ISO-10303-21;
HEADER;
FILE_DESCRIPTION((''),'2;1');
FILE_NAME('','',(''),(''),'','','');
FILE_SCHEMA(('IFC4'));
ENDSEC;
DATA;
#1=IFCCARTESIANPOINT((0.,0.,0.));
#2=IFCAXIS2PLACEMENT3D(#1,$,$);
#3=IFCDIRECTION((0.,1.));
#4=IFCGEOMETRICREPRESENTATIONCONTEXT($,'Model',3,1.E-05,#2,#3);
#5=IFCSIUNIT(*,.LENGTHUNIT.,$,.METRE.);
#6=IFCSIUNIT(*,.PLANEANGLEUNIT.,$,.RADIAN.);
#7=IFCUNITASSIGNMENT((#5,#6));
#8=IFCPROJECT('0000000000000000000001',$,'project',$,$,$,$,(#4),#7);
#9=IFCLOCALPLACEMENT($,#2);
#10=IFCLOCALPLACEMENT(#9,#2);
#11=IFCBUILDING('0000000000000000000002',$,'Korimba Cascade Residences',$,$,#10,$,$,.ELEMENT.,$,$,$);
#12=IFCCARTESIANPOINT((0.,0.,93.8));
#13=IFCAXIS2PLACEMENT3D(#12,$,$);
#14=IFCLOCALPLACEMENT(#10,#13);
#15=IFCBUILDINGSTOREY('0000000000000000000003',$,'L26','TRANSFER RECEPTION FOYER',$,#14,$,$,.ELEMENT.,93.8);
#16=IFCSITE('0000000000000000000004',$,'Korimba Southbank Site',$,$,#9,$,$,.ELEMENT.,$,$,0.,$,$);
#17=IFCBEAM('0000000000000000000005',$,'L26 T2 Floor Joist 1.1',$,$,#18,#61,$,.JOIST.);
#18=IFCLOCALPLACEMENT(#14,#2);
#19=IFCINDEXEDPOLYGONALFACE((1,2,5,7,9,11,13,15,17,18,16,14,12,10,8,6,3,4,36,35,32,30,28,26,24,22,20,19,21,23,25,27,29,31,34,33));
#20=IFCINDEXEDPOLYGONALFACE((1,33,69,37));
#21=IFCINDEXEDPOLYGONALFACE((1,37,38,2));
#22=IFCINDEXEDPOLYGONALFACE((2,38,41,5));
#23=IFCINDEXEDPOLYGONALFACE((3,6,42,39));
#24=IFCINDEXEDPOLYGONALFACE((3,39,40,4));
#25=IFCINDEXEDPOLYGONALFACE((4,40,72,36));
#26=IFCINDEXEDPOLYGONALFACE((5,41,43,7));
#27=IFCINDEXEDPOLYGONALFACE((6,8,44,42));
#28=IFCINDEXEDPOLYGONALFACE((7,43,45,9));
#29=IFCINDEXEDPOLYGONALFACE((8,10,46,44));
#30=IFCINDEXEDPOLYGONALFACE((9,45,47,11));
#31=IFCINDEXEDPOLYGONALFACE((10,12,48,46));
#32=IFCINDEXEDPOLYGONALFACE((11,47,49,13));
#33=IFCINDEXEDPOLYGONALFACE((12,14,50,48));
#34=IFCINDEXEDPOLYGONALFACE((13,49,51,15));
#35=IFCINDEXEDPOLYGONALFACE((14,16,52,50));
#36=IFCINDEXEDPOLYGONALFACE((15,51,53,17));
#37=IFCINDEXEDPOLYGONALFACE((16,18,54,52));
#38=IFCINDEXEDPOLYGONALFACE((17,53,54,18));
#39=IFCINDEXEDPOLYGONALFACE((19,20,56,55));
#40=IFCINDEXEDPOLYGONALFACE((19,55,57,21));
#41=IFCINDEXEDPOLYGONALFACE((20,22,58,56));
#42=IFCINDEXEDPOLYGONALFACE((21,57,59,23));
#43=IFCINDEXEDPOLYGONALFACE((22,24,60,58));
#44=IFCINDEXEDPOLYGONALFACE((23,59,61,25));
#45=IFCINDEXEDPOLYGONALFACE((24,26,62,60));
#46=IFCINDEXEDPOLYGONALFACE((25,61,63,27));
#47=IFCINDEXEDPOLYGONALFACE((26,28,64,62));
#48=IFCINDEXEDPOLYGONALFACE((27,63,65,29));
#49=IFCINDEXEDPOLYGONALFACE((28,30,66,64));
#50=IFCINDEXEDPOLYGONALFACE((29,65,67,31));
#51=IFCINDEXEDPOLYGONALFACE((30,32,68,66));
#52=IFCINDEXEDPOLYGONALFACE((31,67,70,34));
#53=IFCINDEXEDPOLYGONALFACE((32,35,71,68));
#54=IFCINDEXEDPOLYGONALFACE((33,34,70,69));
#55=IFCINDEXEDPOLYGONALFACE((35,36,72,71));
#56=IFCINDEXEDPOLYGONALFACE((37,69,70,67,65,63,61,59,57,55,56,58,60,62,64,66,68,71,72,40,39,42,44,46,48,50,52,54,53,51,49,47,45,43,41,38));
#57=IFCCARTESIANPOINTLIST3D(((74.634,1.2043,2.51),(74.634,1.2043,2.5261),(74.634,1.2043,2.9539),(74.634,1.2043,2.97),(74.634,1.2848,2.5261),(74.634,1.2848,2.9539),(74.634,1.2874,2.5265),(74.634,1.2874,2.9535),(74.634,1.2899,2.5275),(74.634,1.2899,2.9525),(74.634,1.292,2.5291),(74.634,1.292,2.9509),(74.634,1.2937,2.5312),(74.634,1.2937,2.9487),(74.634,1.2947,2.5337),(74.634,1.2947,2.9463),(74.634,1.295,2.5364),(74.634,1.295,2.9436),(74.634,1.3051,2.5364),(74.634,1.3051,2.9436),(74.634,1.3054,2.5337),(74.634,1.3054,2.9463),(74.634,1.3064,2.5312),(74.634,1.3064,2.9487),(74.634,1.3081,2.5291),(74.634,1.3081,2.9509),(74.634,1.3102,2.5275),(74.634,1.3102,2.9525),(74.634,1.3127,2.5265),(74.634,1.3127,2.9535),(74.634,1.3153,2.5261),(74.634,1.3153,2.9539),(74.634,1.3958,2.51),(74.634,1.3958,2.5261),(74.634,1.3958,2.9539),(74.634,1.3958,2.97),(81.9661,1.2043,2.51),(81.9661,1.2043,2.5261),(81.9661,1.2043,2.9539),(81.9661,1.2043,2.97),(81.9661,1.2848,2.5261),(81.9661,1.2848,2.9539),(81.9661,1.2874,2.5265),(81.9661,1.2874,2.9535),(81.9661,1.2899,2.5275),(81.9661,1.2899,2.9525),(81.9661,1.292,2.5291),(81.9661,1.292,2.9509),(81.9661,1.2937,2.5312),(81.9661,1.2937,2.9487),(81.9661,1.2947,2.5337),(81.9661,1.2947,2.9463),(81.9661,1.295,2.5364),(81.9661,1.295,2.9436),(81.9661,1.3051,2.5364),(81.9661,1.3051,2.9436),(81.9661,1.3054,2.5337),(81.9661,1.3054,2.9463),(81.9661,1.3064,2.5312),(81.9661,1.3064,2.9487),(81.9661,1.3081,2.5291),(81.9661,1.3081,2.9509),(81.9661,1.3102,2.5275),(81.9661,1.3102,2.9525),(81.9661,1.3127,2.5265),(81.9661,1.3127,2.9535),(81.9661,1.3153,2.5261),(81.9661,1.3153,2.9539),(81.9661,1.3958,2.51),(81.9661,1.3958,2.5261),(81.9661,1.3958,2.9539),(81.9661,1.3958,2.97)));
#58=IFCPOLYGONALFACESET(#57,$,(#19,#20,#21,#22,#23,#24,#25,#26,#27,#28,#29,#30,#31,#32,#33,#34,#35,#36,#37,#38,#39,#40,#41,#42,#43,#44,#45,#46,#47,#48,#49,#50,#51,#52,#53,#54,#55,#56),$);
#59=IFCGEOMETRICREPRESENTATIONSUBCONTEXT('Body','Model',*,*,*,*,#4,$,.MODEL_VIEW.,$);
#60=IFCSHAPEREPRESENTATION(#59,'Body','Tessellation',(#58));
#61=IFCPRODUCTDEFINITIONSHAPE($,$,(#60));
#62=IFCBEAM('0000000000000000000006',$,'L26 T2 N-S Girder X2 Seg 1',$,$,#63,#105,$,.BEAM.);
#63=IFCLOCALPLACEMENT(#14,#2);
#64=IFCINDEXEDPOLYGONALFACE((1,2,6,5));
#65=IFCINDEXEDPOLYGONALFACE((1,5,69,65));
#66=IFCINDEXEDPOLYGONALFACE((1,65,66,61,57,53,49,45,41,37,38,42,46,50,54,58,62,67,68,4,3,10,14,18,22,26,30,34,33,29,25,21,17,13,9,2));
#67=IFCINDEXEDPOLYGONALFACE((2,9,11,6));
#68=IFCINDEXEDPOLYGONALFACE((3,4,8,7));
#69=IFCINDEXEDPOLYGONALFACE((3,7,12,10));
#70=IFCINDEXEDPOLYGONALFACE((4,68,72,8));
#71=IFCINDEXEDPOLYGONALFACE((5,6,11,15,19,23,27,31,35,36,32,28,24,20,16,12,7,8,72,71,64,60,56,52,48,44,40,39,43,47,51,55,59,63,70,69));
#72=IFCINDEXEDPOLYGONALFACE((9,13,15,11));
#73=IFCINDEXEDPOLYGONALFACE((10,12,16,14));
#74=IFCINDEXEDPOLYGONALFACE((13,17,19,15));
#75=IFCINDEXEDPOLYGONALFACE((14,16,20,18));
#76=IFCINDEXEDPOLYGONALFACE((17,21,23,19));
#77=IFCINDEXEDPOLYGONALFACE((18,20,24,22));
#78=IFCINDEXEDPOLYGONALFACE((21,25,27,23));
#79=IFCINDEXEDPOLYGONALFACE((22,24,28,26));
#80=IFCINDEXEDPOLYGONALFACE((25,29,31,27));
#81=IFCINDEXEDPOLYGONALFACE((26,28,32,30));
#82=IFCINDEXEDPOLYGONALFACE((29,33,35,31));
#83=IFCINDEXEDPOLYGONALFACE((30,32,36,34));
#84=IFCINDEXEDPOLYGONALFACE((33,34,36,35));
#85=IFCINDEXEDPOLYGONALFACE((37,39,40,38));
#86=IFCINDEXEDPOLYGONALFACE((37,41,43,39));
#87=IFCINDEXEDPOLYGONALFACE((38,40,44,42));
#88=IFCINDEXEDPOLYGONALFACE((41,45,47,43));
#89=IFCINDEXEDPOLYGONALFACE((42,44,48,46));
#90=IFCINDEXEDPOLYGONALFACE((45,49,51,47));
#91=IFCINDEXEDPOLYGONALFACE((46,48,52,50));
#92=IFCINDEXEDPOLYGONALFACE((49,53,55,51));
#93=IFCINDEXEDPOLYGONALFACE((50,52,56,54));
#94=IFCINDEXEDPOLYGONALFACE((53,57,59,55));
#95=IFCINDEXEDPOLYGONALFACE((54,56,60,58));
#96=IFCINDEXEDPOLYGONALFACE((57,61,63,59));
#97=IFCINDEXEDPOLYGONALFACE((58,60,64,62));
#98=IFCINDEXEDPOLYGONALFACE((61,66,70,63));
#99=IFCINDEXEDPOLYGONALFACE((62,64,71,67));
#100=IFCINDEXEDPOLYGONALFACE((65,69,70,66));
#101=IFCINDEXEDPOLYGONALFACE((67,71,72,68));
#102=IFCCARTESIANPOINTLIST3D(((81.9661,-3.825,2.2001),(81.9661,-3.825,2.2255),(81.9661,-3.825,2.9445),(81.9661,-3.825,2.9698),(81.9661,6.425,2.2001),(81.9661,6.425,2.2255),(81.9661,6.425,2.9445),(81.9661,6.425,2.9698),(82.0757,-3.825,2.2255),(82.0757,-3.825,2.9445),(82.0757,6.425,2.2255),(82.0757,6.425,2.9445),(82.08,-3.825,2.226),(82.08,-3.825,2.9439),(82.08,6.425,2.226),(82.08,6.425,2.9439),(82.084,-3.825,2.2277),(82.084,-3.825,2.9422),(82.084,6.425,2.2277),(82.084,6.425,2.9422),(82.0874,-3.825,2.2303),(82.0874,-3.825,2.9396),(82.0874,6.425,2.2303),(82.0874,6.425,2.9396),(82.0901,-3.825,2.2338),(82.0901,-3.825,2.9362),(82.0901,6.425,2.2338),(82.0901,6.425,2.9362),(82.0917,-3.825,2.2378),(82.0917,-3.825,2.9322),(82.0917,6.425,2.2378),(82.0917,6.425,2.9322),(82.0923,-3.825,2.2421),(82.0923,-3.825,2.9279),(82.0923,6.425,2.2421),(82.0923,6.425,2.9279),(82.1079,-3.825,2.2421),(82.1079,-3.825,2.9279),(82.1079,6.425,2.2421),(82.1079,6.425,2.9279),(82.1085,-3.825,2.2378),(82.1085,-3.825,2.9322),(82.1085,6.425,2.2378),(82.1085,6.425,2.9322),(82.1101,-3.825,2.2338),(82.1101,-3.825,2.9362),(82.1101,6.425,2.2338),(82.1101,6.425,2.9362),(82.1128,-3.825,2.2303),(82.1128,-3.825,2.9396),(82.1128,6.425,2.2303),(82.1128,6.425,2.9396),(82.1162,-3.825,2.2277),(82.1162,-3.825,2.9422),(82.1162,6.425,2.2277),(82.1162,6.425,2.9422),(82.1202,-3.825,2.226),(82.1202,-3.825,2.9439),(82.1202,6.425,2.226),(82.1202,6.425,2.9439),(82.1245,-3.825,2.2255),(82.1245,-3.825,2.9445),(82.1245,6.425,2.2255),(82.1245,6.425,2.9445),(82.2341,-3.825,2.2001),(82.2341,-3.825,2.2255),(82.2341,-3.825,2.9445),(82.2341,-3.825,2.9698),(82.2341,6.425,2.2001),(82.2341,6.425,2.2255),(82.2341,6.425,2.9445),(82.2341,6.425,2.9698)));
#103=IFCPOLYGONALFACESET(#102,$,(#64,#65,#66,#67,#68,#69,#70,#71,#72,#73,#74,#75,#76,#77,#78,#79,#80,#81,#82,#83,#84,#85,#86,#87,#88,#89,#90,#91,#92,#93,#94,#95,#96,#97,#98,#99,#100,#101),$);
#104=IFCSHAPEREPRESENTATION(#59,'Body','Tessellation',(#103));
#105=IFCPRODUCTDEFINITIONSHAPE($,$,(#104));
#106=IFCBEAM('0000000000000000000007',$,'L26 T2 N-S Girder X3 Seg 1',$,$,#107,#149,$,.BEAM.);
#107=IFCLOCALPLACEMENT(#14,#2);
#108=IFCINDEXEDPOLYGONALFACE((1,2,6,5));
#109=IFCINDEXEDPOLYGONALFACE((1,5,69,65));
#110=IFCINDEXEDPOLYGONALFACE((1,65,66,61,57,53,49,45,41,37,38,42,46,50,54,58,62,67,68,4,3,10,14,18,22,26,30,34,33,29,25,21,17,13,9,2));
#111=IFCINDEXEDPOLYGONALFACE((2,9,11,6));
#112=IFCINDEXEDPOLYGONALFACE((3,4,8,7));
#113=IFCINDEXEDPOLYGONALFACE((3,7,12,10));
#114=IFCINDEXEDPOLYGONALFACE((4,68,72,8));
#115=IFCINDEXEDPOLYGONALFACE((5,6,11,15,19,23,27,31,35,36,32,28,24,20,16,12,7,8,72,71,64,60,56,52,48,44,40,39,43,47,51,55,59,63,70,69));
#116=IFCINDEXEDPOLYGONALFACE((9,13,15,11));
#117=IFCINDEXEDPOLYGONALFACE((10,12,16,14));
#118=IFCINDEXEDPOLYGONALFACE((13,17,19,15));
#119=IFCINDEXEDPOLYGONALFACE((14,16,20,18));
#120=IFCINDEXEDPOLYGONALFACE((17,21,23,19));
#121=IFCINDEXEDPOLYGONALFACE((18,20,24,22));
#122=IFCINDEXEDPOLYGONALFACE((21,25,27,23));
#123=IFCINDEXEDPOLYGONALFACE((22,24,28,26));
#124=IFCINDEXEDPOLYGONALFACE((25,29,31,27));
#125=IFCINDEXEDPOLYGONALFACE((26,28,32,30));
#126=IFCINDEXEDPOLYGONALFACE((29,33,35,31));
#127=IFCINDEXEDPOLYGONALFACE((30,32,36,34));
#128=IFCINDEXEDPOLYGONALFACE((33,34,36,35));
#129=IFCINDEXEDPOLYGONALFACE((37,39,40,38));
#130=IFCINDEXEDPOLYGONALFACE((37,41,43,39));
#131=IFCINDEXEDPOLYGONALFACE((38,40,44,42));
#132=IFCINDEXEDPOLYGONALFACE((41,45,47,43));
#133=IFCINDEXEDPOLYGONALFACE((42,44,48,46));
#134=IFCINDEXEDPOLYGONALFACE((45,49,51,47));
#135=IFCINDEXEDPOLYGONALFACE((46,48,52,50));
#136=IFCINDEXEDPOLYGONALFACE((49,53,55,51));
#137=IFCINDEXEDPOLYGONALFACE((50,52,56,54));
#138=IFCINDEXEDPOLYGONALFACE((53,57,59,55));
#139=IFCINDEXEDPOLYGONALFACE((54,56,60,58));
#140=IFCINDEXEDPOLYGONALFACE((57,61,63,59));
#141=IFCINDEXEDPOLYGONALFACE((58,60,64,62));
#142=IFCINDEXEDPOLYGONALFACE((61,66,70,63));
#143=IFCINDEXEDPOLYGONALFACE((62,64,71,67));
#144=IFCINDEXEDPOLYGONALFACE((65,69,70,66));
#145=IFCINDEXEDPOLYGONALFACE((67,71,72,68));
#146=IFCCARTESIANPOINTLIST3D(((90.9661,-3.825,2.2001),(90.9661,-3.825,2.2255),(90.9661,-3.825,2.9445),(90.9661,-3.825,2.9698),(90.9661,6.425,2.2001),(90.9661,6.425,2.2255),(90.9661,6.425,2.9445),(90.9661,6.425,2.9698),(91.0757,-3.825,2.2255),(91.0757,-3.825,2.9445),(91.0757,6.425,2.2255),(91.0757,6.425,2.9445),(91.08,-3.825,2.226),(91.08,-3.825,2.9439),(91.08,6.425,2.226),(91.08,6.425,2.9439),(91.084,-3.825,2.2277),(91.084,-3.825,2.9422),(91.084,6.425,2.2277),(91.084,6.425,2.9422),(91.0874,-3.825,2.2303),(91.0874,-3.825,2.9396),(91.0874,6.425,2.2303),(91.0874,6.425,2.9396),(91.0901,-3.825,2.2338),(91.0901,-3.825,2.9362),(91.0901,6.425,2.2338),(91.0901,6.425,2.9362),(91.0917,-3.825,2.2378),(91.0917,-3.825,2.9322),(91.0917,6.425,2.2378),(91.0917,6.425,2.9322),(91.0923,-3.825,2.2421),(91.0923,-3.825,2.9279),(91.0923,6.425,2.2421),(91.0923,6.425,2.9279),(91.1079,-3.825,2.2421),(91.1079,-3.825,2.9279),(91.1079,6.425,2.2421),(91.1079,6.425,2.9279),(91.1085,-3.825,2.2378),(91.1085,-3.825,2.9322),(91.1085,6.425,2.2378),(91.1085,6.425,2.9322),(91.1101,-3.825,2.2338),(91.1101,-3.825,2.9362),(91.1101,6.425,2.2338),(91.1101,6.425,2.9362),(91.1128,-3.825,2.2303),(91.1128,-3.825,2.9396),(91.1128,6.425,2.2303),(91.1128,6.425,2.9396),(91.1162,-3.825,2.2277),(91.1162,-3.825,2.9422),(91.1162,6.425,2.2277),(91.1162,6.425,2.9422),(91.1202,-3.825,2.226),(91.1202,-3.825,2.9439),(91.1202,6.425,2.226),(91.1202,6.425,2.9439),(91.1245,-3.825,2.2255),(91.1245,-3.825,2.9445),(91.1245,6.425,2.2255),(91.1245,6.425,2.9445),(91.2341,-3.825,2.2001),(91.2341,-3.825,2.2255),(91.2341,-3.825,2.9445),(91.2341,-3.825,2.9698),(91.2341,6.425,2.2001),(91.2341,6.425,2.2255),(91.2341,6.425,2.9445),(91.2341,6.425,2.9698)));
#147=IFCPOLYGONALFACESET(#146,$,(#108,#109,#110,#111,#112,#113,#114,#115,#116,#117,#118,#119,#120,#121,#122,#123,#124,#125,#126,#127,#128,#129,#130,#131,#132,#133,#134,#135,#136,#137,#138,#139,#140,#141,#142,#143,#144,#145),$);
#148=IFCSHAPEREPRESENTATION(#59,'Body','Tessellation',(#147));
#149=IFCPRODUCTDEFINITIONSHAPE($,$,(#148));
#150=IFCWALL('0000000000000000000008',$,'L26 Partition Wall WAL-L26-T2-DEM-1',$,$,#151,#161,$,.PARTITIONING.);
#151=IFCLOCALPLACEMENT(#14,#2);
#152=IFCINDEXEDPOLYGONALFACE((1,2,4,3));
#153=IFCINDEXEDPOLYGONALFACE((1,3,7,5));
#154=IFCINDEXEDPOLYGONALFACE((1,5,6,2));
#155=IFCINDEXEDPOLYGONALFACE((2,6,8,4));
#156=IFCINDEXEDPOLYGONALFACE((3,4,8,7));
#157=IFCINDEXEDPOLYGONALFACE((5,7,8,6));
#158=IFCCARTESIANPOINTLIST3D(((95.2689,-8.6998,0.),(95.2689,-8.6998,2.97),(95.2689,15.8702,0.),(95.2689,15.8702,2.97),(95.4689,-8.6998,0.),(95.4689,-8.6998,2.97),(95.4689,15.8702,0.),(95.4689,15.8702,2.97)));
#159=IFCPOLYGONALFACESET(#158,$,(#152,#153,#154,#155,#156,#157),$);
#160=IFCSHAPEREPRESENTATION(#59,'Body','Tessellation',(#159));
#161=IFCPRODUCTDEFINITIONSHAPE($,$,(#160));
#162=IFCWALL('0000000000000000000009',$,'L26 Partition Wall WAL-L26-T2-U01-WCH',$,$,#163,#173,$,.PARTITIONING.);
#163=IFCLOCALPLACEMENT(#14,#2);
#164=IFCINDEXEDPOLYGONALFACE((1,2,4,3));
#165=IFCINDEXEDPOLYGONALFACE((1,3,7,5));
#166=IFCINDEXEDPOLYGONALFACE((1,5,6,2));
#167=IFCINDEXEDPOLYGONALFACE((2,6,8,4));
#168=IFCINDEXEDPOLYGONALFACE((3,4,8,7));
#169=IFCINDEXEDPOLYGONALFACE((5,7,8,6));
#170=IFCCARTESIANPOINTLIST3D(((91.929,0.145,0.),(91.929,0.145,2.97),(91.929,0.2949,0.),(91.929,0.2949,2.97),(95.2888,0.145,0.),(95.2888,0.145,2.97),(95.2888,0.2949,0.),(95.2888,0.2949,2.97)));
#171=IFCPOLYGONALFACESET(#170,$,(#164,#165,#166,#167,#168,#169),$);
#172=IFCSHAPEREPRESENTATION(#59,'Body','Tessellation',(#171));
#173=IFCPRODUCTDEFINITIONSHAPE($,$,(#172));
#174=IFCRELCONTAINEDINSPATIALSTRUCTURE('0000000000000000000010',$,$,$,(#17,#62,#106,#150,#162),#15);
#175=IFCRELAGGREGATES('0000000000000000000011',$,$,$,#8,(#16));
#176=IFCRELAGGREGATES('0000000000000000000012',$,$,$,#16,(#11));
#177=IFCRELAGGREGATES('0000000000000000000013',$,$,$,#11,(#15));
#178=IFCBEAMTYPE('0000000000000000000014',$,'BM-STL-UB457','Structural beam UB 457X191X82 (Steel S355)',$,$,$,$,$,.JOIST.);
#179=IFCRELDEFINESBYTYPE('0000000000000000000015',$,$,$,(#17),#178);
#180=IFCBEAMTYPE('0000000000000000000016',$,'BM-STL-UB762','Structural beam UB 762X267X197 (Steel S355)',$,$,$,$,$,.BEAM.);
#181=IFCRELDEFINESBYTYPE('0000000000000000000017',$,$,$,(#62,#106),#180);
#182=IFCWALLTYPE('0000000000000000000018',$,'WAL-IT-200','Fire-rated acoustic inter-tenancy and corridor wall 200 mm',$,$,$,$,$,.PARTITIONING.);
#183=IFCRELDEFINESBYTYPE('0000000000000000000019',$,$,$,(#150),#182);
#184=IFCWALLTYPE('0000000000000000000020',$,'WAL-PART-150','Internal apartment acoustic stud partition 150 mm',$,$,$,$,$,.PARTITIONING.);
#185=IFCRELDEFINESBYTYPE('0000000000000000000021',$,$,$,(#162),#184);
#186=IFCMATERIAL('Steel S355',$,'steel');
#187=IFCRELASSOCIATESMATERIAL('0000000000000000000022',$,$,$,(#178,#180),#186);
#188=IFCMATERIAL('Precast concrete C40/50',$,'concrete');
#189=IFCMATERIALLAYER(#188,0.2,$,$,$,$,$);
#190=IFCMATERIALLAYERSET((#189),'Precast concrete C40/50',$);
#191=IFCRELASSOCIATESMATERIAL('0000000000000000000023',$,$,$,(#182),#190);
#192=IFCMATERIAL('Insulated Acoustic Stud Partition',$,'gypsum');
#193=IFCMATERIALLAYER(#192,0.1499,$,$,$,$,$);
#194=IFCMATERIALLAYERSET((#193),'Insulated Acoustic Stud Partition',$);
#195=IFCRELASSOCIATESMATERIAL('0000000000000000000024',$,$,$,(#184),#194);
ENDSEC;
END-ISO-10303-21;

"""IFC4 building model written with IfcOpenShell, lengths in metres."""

from ifc_helpers import new_model, si_unit, direction, frame, frame_2d, origin, origin_2d, place, context, subcontext, project, spatial, rectangle, i_section, extrude, material, layer, layer_set, material_profile, profile_set, type_object, element, save


model = new_model("IFC4")

# Units and contexts
model_context = context("Model", 3, precision=1e-05, world=origin(), true_north=direction((0.0, 1.0)))
body_context = subcontext(model_context, "Body", "Model", "MODEL_VIEW")
ifc_project = project(units=[si_unit("LENGTHUNIT", "METRE"), si_unit("PLANEANGLEUNIT", "RADIAN")], contexts=[model_context])

# Site, building, storey
site_placement = place(None, origin())
site = spatial("IfcSite", under=ifc_project, at=site_placement, Name="Korimba Southbank Site", CompositionType="ELEMENT", RefElevation=0.0)
building_placement = place(site_placement, origin())
building = spatial("IfcBuilding", under=site, at=building_placement, Name="Korimba Cascade Residences", CompositionType="ELEMENT")
storey_placement = place(building_placement, frame((0.0, 0.0, 93.8)))
storey = spatial("IfcBuildingStorey", under=building, at=storey_placement, Name="L26", Description="TRANSFER RECEPTION FOYER", CompositionType="ELEMENT", Elevation=93.8)

# Beams
ifc_material_1 = material(Name="Steel S355", Category="steel")
ifc_material_profile_1 = material_profile(ifc_material_1, i_section(OverallWidth=0.1914, OverallDepth=0.46, WebThickness=0.01, FlangeThickness=0.0161, FilletRadius=0.0103, at=origin_2d()), Name="Steel S355")
ifc_profile_set_1 = profile_set([ifc_material_profile_1], Name="Steel S355")
beam_type_1 = type_object("IfcBeamType", Name="BM-STL-UB457", Description="Structural beam UB 457X191X82 (Steel S355)", PredefinedType="JOIST", material=ifc_profile_set_1)
beam_1_placement = place(storey_placement, frame((74.634, 1.3, 2.74), z_axis=(1.0, 0.0, 0.0), x_axis=(0.0, 1.0, 0.0)))
element("IfcBeam", 1, at=beam_1_placement, inside=storey, type_object=beam_type_1, Name="L26 T2 Floor Joist 1.1", PredefinedType="JOIST", context=body_context, shape_type="SweptSolid", body=[
    extrude(i_section(OverallWidth=0.1914, OverallDepth=0.46, WebThickness=0.01, FlangeThickness=0.0161, FilletRadius=0.0103, at=origin_2d()), origin(), (0.0, 0.0, 1.0), 7.332),
])
ifc_material_profile_2 = material_profile(ifc_material_1, i_section(OverallWidth=0.2681, OverallDepth=0.7698, WebThickness=0.0156, FlangeThickness=0.0254, FilletRadius=0.0166, at=origin_2d()), Name="Steel S355")
ifc_profile_set_2 = profile_set([ifc_material_profile_2], Name="Steel S355")
beam_type_2 = type_object("IfcBeamType", Name="BM-STL-UB762", Description="Structural beam UB 762X267X197 (Steel S355)", PredefinedType="BEAM", material=ifc_profile_set_2)
for number, where, z_axis, x_axis, name in (
    (2, (82.1001, -3.825, 2.585), (0.0, 1.0, 0.0), (-1.0, 0.0, 0.0), "L26 T2 N-S Girder X2 Seg 1"),
    (3, (91.1001, -3.825, 2.585), (0.0, 1.0, 0.0), (-1.0, 0.0, 0.0), "L26 T2 N-S Girder X3 Seg 1"),
):
    element("IfcBeam", number, at=place(storey_placement, frame(where, z_axis=z_axis, x_axis=x_axis)), inside=storey, type_object=beam_type_2, Name=name, PredefinedType="BEAM", context=body_context, shape_type="SweptSolid", body=[
        extrude(i_section(OverallWidth=0.2681, OverallDepth=0.7698, WebThickness=0.0156, FlangeThickness=0.0254, FilletRadius=0.0166, at=origin_2d()), origin(), (0.0, 0.0, 1.0), 10.25),
    ])

# Walls
ifc_material_2 = material(Name="Precast concrete C40/50", Category="concrete")
ifc_layer_1 = layer(ifc_material_2, 0.2)
ifc_layer_set_1 = layer_set([ifc_layer_1], Name="Precast concrete C40/50")
wall_type_1 = type_object("IfcWallType", Name="WAL-IT-200", Description="Fire-rated acoustic inter-tenancy and corridor wall 200 mm", PredefinedType="PARTITIONING", material=ifc_layer_set_1)
wall_1_placement = place(storey_placement, frame((95.3689, -8.7, 0.0), z_axis=(0.0, 0.0, 1.0), x_axis=(0.0, 1.0, 0.0)))
element("IfcWall", 4, at=wall_1_placement, inside=storey, type_object=wall_type_1, Name="L26 Partition Wall WAL-L26-T2-DEM-1", PredefinedType="PARTITIONING", context=body_context, shape_type="SweptSolid", body=[
    extrude(rectangle(XDim=24.5701, YDim=0.2, at=frame_2d((12.2852, 0.0))), origin(), (0.0, 0.0, 1.0), 2.97),
])
ifc_material_3 = material(Name="Insulated Acoustic Stud Partition", Category="gypsum")
ifc_layer_2 = layer(ifc_material_3, 0.1499)
ifc_layer_set_2 = layer_set([ifc_layer_2], Name="Insulated Acoustic Stud Partition")
wall_type_2 = type_object("IfcWallType", Name="WAL-PART-150", Description="Internal apartment acoustic stud partition 150 mm", PredefinedType="PARTITIONING", material=ifc_layer_set_2)
wall_2_placement = place(storey_placement, frame((91.929, 0.22, 0.0), z_axis=(0.0, 0.0, 1.0), x_axis=(1.0, 0.0, 0.0)))
element("IfcWall", 5, at=wall_2_placement, inside=storey, type_object=wall_type_2, Name="L26 Partition Wall WAL-L26-T2-U01-WCH", PredefinedType="PARTITIONING", context=body_context, shape_type="SweptSolid", body=[
    extrude(rectangle(XDim=3.3599, YDim=0.1499, at=frame_2d((1.6799, 0.0))), origin(), (0.0, 0.0, 1.0), 2.97),
])

save(model, "model.ifc")
